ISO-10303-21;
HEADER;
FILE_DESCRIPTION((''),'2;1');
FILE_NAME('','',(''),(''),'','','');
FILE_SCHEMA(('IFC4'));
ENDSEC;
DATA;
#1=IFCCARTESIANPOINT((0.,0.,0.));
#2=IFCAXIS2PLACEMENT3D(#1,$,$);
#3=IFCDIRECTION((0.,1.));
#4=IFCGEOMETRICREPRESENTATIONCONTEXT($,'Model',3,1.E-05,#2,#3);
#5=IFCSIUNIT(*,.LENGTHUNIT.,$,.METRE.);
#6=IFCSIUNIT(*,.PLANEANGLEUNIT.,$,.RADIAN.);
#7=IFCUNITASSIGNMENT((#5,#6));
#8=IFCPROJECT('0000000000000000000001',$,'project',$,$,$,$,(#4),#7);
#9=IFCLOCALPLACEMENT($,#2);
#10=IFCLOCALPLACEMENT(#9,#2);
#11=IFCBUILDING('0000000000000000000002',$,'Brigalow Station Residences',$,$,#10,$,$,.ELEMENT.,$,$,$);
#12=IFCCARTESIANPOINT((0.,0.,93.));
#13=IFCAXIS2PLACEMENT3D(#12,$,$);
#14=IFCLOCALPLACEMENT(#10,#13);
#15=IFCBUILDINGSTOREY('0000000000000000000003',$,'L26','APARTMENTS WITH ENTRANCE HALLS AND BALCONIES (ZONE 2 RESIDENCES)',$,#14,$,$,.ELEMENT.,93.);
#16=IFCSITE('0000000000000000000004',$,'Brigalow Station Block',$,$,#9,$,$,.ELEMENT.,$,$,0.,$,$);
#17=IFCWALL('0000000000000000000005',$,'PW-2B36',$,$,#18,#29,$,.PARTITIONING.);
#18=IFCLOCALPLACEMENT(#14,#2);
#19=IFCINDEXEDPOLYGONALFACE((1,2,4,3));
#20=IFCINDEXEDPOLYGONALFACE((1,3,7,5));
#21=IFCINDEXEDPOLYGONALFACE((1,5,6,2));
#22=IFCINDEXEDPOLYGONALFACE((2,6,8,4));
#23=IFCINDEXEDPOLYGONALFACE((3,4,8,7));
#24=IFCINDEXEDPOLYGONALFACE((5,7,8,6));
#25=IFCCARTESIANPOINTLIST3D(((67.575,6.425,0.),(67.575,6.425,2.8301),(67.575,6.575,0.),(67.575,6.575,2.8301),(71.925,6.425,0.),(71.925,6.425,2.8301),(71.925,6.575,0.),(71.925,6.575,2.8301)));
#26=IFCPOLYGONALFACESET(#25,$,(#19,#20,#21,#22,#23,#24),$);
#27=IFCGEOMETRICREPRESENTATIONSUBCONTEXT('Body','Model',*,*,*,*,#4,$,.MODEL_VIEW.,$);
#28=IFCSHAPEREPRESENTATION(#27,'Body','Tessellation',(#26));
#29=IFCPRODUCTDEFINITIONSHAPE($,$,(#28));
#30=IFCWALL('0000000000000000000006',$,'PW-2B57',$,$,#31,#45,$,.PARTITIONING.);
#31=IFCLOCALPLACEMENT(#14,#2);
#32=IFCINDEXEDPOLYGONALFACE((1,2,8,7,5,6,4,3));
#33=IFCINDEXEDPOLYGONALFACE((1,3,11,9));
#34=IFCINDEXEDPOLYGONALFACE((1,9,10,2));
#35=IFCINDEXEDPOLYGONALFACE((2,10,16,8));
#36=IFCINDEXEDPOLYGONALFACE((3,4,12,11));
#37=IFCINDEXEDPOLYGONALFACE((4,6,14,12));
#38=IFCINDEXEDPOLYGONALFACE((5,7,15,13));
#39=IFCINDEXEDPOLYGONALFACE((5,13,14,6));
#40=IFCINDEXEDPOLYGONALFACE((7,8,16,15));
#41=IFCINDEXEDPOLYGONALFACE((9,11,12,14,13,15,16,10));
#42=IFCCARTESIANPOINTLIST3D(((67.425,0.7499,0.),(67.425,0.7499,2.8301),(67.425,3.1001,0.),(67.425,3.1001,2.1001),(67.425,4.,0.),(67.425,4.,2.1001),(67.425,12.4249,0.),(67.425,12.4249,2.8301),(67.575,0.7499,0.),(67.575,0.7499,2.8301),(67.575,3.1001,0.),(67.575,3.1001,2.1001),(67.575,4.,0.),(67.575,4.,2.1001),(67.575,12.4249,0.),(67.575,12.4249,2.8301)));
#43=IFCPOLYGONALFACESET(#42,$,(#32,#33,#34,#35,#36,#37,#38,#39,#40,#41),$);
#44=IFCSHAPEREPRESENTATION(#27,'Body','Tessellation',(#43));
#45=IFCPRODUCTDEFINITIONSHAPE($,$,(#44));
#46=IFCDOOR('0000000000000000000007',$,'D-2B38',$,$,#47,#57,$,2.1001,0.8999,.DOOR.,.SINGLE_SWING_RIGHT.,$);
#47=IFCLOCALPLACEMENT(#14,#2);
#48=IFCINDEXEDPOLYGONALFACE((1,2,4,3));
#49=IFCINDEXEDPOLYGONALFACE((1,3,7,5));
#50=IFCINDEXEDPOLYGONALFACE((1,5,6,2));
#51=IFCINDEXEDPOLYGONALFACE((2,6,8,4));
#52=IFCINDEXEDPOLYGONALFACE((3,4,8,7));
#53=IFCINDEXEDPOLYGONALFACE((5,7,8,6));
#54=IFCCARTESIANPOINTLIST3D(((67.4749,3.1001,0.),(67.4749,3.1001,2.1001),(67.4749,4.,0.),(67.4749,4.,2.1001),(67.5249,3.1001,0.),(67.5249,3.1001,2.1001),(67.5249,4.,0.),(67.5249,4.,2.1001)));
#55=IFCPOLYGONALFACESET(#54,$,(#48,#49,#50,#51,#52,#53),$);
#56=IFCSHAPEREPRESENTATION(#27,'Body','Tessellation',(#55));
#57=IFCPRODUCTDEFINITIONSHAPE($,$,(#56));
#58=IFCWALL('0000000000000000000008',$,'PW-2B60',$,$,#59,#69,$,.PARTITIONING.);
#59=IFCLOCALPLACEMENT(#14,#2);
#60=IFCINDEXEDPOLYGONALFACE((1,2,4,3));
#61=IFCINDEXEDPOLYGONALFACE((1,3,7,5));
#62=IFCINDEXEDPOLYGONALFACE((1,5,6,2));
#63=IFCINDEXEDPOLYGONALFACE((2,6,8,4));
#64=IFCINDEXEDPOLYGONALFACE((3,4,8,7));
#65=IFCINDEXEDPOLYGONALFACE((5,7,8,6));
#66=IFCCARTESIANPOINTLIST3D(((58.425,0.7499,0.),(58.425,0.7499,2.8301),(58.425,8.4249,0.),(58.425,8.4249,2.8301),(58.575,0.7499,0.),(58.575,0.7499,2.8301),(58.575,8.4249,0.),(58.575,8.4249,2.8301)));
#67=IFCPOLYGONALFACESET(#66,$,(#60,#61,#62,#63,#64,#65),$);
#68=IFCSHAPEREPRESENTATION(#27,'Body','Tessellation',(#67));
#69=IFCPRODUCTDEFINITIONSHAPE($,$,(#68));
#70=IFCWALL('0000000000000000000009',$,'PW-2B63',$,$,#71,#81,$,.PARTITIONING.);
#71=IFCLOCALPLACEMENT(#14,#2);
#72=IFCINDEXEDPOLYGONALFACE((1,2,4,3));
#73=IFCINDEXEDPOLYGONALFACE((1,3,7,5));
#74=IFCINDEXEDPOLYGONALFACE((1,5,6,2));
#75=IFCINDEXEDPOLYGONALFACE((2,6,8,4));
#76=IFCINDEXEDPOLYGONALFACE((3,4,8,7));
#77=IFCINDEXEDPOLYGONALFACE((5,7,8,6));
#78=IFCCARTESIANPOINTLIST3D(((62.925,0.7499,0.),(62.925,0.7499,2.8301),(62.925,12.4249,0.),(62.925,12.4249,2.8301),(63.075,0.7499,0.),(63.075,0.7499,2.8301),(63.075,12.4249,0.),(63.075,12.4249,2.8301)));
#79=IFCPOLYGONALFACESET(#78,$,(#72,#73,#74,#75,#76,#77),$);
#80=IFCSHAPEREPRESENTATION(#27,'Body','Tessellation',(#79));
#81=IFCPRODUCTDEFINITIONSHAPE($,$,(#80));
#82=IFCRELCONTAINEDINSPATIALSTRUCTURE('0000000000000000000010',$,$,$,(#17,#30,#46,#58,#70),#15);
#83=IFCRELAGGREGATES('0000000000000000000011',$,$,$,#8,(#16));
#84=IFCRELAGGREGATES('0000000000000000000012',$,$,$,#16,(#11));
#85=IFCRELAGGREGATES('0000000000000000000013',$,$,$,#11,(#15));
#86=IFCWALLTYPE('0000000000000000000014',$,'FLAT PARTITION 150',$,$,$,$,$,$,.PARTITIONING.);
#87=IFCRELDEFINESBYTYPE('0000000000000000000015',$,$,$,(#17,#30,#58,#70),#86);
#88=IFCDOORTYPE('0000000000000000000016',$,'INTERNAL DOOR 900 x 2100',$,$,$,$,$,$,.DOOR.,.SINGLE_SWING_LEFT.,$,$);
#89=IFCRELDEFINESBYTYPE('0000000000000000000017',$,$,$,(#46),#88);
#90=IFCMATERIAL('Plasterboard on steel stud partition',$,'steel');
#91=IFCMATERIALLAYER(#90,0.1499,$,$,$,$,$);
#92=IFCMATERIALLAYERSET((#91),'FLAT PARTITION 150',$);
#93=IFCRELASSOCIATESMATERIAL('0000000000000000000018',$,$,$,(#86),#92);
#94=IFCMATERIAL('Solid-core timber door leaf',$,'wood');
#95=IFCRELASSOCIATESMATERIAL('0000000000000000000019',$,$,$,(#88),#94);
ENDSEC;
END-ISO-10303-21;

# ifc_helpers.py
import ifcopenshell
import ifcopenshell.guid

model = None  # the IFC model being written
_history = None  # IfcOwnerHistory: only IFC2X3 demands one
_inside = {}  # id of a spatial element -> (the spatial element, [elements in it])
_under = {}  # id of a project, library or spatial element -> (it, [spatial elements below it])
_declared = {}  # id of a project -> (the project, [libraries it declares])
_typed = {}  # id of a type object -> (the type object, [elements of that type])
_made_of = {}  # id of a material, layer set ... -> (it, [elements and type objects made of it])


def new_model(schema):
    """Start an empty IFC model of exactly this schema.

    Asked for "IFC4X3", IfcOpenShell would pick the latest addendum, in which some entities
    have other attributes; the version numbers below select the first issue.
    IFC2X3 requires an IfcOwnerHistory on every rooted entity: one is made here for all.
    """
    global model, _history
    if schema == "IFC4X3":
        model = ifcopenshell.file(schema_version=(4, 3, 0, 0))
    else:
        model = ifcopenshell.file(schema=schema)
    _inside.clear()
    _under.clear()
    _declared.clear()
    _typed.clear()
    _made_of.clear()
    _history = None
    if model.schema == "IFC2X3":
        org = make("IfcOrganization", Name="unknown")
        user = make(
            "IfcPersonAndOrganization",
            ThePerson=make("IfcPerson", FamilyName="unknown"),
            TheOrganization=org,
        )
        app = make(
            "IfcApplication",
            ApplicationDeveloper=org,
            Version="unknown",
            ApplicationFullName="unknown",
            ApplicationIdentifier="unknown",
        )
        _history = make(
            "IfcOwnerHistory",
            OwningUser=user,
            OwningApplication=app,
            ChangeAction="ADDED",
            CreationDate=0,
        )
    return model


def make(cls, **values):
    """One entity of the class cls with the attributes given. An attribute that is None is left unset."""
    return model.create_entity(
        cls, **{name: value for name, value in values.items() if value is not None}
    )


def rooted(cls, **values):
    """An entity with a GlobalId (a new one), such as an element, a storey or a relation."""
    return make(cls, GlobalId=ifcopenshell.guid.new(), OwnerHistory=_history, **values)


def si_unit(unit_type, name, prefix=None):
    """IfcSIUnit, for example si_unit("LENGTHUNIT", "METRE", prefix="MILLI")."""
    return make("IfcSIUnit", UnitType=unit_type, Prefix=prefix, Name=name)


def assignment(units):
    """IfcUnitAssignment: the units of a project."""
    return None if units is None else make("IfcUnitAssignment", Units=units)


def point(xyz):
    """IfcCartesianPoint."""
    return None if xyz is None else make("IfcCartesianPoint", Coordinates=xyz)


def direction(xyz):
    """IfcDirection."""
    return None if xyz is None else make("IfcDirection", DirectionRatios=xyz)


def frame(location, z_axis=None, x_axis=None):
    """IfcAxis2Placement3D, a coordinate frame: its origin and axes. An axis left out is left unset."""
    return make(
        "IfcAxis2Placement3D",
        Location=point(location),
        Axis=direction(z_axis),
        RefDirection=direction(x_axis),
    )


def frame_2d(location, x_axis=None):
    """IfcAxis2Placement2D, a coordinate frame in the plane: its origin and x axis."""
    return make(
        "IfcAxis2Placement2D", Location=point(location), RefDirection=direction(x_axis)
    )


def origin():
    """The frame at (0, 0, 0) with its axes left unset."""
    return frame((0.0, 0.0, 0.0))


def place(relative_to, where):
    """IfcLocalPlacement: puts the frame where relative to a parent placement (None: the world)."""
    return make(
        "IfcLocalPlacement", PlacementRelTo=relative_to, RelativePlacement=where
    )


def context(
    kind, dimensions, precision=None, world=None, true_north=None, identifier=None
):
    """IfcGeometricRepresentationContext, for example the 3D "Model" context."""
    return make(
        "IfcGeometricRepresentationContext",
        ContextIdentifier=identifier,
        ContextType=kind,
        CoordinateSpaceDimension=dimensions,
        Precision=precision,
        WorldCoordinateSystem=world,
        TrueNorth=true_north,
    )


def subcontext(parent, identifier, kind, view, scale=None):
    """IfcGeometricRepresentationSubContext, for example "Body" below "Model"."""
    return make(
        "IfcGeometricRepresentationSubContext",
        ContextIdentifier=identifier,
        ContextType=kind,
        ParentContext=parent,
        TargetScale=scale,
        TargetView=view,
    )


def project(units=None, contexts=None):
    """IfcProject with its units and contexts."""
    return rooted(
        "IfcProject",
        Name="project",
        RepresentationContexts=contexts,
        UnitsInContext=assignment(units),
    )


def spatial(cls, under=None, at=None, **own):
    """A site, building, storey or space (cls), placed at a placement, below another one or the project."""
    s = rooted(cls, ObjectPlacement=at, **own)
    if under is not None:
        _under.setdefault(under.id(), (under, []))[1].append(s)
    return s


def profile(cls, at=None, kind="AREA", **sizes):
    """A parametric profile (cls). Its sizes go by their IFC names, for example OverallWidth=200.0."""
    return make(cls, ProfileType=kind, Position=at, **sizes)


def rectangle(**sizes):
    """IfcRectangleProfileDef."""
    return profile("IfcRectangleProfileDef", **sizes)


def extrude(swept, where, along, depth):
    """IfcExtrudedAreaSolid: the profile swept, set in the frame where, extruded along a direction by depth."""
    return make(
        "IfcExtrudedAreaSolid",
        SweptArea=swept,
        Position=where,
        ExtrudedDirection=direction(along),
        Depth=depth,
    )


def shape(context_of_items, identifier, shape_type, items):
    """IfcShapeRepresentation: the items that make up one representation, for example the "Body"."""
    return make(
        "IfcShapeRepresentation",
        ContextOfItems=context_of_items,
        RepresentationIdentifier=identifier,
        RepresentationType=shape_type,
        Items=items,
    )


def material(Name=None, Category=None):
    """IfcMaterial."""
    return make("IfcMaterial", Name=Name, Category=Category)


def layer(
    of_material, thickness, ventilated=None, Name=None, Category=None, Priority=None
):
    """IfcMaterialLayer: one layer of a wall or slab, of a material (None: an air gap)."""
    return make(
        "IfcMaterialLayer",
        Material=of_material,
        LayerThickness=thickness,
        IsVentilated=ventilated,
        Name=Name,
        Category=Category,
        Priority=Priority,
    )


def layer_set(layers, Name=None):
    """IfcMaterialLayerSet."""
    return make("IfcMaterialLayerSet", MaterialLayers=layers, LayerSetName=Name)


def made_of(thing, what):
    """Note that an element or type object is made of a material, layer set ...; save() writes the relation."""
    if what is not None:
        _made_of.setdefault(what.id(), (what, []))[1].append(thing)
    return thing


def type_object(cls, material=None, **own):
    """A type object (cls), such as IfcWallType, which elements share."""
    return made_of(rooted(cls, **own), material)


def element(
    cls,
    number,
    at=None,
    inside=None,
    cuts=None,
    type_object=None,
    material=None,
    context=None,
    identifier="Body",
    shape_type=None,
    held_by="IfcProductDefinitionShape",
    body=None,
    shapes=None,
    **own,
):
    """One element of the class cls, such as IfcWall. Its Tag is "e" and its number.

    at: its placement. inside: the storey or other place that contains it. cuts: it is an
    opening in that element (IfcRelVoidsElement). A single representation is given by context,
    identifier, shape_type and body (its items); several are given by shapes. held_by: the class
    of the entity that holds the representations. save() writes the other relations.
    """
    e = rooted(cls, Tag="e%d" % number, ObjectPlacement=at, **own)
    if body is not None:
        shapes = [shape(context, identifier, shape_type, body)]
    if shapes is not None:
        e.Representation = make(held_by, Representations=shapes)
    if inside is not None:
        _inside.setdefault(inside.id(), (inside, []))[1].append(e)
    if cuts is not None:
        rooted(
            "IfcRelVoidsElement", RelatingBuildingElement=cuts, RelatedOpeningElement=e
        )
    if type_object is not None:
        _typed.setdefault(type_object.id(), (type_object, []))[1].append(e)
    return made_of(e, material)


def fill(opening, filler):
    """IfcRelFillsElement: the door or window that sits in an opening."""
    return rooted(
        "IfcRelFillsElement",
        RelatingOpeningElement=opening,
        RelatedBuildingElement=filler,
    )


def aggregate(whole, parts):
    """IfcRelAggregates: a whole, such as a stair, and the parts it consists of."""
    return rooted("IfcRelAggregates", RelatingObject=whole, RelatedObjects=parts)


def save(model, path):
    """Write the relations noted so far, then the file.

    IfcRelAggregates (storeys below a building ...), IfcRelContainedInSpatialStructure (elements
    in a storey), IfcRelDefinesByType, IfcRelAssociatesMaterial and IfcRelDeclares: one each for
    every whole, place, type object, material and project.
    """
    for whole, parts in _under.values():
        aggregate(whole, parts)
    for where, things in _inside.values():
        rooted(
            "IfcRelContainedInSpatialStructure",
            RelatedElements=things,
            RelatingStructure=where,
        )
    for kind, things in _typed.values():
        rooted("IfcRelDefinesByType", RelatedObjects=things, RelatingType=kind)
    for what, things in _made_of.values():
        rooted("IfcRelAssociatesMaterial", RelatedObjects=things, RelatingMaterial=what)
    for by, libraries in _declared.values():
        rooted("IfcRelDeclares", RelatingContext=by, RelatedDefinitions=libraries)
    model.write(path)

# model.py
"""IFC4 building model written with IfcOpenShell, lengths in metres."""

from ifc_helpers import new_model, si_unit, direction, frame, frame_2d, origin, place, context, subcontext, project, spatial, rectangle, extrude, material, layer, layer_set, type_object, element, fill, save


model = new_model("IFC4")

# Units and contexts
model_context = context("Model", 3, precision=1e-05, world=origin(), true_north=direction((0.0, 1.0)))
body_context = subcontext(model_context, "Body", "Model", "MODEL_VIEW")
ifc_project = project(units=[si_unit("LENGTHUNIT", "METRE"), si_unit("PLANEANGLEUNIT", "RADIAN")], contexts=[model_context])

# Site, building, storey
site_placement = place(None, origin())
site = spatial("IfcSite", under=ifc_project, at=site_placement, Name="Brigalow Station Block", CompositionType="ELEMENT", RefElevation=0.0)
building_placement = place(site_placement, origin())
building = spatial("IfcBuilding", under=site, at=building_placement, Name="Brigalow Station Residences", CompositionType="ELEMENT")
storey_placement = place(building_placement, frame((0.0, 0.0, 93.0)))
storey = spatial("IfcBuildingStorey", under=building, at=storey_placement, Name="L26", Description="APARTMENTS WITH ENTRANCE HALLS AND BALCONIES (ZONE 2 RESIDENCES)", CompositionType="ELEMENT", Elevation=93.0)

# Shared definitions
ifc_material_1 = material(Name="Plasterboard on steel stud partition", Category="steel")
ifc_layer_1 = layer(ifc_material_1, 0.1499)
ifc_layer_set_1 = layer_set([ifc_layer_1], Name="FLAT PARTITION 150")
wall_type_1 = type_object("IfcWallType", Name="FLAT PARTITION 150", PredefinedType="PARTITIONING", material=ifc_layer_set_1)
ifc_material_2 = material(Name="Solid-core timber door leaf", Category="wood")
door_type = type_object("IfcDoorType", Name="INTERNAL DOOR 900 x 2100", OperationType="SINGLE_SWING_LEFT", PredefinedType="DOOR", material=ifc_material_2)

# Wall
wall_1_placement = place(storey_placement, frame((67.575, 6.5, 0.0), z_axis=(0.0, 0.0, 1.0), x_axis=(1.0, 0.0, 0.0)))
element("IfcWall", 1, at=wall_1_placement, inside=storey, type_object=wall_type_1, Name="PW-2B36", PredefinedType="PARTITIONING", context=body_context, shape_type="SweptSolid", body=[
    extrude(rectangle(XDim=4.3501, YDim=0.1499, at=frame_2d((2.175, 0.0))), origin(), (0.0, 0.0, 1.0), 2.8301),
])

# Wall, opening, door
wall_2_placement = place(storey_placement, frame((67.5, 0.75, 0.0), z_axis=(0.0, 0.0, 1.0), x_axis=(0.0, 1.0, 0.0)))
wall_2 = element("IfcWall", 2, at=wall_2_placement, inside=storey, type_object=wall_type_1, Name="PW-2B57", PredefinedType="PARTITIONING", context=body_context, shape_type="SweptSolid", body=[
    extrude(rectangle(XDim=11.675, YDim=0.1499, at=frame_2d((5.8374, 0.0))), origin(), (0.0, 0.0, 1.0), 2.8301),
])
opening_1_placement = place(wall_2_placement, frame((2.3501, 0.0, 0.0)))
opening_1 = element("IfcOpeningElement", 3, at=opening_1_placement, cuts=wall_2, PredefinedType="OPENING", context=body_context, shape_type="SweptSolid", body=[
    extrude(rectangle(XDim=0.8999, YDim=2.1001, at=frame_2d((0.45, 1.05))), frame((0.0, 0.085, 0.0), z_axis=(0.0, -1.0, 0.0), x_axis=(1.0, 0.0, 0.0)), (0.0, 0.0, 1.0), 0.1699),
])
door_1_placement = place(opening_1_placement, frame((0.8999, 0.0, 0.0), z_axis=(0.0, 0.0, 1.0), x_axis=(-1.0, 0.0, 0.0)))
door_1 = element("IfcDoor", 4, at=door_1_placement, inside=storey, type_object=door_type, Name="D-2B38", OperationType="SINGLE_SWING_RIGHT", OverallHeight=2.1001, OverallWidth=0.8999, PredefinedType="DOOR", context=body_context, shape_type="SweptSolid", body=[
    extrude(rectangle(XDim=0.8999, YDim=2.1001, at=frame_2d((0.45, 1.05))), frame((0.0, 0.0249, 0.0), z_axis=(0.0, -1.0, 0.0), x_axis=(1.0, 0.0, 0.0)), (0.0, 0.0, 1.0), 0.05),
])
fill(opening_1, door_1)

# Walls
wall_3_placement = place(storey_placement, frame((58.5, 0.75, 0.0), z_axis=(0.0, 0.0, 1.0), x_axis=(0.0, 1.0, 0.0)))
element("IfcWall", 5, at=wall_3_placement, inside=storey, type_object=wall_type_1, Name="PW-2B60", PredefinedType="PARTITIONING", context=body_context, shape_type="SweptSolid", body=[
    extrude(rectangle(XDim=7.675, YDim=0.1499, at=frame_2d((3.8374, 0.0))), origin(), (0.0, 0.0, 1.0), 2.8301),
])
wall_4_placement = place(storey_placement, frame((63.0, 0.75, 0.0), z_axis=(0.0, 0.0, 1.0), x_axis=(0.0, 1.0, 0.0)))
element("IfcWall", 6, at=wall_4_placement, inside=storey, type_object=wall_type_1, Name="PW-2B63", PredefinedType="PARTITIONING", context=body_context, shape_type="SweptSolid", body=[
    extrude(rectangle(XDim=11.675, YDim=0.1499, at=frame_2d((5.8374, 0.0))), origin(), (0.0, 0.0, 1.0), 2.8301),
])

save(model, "model.ifc")
